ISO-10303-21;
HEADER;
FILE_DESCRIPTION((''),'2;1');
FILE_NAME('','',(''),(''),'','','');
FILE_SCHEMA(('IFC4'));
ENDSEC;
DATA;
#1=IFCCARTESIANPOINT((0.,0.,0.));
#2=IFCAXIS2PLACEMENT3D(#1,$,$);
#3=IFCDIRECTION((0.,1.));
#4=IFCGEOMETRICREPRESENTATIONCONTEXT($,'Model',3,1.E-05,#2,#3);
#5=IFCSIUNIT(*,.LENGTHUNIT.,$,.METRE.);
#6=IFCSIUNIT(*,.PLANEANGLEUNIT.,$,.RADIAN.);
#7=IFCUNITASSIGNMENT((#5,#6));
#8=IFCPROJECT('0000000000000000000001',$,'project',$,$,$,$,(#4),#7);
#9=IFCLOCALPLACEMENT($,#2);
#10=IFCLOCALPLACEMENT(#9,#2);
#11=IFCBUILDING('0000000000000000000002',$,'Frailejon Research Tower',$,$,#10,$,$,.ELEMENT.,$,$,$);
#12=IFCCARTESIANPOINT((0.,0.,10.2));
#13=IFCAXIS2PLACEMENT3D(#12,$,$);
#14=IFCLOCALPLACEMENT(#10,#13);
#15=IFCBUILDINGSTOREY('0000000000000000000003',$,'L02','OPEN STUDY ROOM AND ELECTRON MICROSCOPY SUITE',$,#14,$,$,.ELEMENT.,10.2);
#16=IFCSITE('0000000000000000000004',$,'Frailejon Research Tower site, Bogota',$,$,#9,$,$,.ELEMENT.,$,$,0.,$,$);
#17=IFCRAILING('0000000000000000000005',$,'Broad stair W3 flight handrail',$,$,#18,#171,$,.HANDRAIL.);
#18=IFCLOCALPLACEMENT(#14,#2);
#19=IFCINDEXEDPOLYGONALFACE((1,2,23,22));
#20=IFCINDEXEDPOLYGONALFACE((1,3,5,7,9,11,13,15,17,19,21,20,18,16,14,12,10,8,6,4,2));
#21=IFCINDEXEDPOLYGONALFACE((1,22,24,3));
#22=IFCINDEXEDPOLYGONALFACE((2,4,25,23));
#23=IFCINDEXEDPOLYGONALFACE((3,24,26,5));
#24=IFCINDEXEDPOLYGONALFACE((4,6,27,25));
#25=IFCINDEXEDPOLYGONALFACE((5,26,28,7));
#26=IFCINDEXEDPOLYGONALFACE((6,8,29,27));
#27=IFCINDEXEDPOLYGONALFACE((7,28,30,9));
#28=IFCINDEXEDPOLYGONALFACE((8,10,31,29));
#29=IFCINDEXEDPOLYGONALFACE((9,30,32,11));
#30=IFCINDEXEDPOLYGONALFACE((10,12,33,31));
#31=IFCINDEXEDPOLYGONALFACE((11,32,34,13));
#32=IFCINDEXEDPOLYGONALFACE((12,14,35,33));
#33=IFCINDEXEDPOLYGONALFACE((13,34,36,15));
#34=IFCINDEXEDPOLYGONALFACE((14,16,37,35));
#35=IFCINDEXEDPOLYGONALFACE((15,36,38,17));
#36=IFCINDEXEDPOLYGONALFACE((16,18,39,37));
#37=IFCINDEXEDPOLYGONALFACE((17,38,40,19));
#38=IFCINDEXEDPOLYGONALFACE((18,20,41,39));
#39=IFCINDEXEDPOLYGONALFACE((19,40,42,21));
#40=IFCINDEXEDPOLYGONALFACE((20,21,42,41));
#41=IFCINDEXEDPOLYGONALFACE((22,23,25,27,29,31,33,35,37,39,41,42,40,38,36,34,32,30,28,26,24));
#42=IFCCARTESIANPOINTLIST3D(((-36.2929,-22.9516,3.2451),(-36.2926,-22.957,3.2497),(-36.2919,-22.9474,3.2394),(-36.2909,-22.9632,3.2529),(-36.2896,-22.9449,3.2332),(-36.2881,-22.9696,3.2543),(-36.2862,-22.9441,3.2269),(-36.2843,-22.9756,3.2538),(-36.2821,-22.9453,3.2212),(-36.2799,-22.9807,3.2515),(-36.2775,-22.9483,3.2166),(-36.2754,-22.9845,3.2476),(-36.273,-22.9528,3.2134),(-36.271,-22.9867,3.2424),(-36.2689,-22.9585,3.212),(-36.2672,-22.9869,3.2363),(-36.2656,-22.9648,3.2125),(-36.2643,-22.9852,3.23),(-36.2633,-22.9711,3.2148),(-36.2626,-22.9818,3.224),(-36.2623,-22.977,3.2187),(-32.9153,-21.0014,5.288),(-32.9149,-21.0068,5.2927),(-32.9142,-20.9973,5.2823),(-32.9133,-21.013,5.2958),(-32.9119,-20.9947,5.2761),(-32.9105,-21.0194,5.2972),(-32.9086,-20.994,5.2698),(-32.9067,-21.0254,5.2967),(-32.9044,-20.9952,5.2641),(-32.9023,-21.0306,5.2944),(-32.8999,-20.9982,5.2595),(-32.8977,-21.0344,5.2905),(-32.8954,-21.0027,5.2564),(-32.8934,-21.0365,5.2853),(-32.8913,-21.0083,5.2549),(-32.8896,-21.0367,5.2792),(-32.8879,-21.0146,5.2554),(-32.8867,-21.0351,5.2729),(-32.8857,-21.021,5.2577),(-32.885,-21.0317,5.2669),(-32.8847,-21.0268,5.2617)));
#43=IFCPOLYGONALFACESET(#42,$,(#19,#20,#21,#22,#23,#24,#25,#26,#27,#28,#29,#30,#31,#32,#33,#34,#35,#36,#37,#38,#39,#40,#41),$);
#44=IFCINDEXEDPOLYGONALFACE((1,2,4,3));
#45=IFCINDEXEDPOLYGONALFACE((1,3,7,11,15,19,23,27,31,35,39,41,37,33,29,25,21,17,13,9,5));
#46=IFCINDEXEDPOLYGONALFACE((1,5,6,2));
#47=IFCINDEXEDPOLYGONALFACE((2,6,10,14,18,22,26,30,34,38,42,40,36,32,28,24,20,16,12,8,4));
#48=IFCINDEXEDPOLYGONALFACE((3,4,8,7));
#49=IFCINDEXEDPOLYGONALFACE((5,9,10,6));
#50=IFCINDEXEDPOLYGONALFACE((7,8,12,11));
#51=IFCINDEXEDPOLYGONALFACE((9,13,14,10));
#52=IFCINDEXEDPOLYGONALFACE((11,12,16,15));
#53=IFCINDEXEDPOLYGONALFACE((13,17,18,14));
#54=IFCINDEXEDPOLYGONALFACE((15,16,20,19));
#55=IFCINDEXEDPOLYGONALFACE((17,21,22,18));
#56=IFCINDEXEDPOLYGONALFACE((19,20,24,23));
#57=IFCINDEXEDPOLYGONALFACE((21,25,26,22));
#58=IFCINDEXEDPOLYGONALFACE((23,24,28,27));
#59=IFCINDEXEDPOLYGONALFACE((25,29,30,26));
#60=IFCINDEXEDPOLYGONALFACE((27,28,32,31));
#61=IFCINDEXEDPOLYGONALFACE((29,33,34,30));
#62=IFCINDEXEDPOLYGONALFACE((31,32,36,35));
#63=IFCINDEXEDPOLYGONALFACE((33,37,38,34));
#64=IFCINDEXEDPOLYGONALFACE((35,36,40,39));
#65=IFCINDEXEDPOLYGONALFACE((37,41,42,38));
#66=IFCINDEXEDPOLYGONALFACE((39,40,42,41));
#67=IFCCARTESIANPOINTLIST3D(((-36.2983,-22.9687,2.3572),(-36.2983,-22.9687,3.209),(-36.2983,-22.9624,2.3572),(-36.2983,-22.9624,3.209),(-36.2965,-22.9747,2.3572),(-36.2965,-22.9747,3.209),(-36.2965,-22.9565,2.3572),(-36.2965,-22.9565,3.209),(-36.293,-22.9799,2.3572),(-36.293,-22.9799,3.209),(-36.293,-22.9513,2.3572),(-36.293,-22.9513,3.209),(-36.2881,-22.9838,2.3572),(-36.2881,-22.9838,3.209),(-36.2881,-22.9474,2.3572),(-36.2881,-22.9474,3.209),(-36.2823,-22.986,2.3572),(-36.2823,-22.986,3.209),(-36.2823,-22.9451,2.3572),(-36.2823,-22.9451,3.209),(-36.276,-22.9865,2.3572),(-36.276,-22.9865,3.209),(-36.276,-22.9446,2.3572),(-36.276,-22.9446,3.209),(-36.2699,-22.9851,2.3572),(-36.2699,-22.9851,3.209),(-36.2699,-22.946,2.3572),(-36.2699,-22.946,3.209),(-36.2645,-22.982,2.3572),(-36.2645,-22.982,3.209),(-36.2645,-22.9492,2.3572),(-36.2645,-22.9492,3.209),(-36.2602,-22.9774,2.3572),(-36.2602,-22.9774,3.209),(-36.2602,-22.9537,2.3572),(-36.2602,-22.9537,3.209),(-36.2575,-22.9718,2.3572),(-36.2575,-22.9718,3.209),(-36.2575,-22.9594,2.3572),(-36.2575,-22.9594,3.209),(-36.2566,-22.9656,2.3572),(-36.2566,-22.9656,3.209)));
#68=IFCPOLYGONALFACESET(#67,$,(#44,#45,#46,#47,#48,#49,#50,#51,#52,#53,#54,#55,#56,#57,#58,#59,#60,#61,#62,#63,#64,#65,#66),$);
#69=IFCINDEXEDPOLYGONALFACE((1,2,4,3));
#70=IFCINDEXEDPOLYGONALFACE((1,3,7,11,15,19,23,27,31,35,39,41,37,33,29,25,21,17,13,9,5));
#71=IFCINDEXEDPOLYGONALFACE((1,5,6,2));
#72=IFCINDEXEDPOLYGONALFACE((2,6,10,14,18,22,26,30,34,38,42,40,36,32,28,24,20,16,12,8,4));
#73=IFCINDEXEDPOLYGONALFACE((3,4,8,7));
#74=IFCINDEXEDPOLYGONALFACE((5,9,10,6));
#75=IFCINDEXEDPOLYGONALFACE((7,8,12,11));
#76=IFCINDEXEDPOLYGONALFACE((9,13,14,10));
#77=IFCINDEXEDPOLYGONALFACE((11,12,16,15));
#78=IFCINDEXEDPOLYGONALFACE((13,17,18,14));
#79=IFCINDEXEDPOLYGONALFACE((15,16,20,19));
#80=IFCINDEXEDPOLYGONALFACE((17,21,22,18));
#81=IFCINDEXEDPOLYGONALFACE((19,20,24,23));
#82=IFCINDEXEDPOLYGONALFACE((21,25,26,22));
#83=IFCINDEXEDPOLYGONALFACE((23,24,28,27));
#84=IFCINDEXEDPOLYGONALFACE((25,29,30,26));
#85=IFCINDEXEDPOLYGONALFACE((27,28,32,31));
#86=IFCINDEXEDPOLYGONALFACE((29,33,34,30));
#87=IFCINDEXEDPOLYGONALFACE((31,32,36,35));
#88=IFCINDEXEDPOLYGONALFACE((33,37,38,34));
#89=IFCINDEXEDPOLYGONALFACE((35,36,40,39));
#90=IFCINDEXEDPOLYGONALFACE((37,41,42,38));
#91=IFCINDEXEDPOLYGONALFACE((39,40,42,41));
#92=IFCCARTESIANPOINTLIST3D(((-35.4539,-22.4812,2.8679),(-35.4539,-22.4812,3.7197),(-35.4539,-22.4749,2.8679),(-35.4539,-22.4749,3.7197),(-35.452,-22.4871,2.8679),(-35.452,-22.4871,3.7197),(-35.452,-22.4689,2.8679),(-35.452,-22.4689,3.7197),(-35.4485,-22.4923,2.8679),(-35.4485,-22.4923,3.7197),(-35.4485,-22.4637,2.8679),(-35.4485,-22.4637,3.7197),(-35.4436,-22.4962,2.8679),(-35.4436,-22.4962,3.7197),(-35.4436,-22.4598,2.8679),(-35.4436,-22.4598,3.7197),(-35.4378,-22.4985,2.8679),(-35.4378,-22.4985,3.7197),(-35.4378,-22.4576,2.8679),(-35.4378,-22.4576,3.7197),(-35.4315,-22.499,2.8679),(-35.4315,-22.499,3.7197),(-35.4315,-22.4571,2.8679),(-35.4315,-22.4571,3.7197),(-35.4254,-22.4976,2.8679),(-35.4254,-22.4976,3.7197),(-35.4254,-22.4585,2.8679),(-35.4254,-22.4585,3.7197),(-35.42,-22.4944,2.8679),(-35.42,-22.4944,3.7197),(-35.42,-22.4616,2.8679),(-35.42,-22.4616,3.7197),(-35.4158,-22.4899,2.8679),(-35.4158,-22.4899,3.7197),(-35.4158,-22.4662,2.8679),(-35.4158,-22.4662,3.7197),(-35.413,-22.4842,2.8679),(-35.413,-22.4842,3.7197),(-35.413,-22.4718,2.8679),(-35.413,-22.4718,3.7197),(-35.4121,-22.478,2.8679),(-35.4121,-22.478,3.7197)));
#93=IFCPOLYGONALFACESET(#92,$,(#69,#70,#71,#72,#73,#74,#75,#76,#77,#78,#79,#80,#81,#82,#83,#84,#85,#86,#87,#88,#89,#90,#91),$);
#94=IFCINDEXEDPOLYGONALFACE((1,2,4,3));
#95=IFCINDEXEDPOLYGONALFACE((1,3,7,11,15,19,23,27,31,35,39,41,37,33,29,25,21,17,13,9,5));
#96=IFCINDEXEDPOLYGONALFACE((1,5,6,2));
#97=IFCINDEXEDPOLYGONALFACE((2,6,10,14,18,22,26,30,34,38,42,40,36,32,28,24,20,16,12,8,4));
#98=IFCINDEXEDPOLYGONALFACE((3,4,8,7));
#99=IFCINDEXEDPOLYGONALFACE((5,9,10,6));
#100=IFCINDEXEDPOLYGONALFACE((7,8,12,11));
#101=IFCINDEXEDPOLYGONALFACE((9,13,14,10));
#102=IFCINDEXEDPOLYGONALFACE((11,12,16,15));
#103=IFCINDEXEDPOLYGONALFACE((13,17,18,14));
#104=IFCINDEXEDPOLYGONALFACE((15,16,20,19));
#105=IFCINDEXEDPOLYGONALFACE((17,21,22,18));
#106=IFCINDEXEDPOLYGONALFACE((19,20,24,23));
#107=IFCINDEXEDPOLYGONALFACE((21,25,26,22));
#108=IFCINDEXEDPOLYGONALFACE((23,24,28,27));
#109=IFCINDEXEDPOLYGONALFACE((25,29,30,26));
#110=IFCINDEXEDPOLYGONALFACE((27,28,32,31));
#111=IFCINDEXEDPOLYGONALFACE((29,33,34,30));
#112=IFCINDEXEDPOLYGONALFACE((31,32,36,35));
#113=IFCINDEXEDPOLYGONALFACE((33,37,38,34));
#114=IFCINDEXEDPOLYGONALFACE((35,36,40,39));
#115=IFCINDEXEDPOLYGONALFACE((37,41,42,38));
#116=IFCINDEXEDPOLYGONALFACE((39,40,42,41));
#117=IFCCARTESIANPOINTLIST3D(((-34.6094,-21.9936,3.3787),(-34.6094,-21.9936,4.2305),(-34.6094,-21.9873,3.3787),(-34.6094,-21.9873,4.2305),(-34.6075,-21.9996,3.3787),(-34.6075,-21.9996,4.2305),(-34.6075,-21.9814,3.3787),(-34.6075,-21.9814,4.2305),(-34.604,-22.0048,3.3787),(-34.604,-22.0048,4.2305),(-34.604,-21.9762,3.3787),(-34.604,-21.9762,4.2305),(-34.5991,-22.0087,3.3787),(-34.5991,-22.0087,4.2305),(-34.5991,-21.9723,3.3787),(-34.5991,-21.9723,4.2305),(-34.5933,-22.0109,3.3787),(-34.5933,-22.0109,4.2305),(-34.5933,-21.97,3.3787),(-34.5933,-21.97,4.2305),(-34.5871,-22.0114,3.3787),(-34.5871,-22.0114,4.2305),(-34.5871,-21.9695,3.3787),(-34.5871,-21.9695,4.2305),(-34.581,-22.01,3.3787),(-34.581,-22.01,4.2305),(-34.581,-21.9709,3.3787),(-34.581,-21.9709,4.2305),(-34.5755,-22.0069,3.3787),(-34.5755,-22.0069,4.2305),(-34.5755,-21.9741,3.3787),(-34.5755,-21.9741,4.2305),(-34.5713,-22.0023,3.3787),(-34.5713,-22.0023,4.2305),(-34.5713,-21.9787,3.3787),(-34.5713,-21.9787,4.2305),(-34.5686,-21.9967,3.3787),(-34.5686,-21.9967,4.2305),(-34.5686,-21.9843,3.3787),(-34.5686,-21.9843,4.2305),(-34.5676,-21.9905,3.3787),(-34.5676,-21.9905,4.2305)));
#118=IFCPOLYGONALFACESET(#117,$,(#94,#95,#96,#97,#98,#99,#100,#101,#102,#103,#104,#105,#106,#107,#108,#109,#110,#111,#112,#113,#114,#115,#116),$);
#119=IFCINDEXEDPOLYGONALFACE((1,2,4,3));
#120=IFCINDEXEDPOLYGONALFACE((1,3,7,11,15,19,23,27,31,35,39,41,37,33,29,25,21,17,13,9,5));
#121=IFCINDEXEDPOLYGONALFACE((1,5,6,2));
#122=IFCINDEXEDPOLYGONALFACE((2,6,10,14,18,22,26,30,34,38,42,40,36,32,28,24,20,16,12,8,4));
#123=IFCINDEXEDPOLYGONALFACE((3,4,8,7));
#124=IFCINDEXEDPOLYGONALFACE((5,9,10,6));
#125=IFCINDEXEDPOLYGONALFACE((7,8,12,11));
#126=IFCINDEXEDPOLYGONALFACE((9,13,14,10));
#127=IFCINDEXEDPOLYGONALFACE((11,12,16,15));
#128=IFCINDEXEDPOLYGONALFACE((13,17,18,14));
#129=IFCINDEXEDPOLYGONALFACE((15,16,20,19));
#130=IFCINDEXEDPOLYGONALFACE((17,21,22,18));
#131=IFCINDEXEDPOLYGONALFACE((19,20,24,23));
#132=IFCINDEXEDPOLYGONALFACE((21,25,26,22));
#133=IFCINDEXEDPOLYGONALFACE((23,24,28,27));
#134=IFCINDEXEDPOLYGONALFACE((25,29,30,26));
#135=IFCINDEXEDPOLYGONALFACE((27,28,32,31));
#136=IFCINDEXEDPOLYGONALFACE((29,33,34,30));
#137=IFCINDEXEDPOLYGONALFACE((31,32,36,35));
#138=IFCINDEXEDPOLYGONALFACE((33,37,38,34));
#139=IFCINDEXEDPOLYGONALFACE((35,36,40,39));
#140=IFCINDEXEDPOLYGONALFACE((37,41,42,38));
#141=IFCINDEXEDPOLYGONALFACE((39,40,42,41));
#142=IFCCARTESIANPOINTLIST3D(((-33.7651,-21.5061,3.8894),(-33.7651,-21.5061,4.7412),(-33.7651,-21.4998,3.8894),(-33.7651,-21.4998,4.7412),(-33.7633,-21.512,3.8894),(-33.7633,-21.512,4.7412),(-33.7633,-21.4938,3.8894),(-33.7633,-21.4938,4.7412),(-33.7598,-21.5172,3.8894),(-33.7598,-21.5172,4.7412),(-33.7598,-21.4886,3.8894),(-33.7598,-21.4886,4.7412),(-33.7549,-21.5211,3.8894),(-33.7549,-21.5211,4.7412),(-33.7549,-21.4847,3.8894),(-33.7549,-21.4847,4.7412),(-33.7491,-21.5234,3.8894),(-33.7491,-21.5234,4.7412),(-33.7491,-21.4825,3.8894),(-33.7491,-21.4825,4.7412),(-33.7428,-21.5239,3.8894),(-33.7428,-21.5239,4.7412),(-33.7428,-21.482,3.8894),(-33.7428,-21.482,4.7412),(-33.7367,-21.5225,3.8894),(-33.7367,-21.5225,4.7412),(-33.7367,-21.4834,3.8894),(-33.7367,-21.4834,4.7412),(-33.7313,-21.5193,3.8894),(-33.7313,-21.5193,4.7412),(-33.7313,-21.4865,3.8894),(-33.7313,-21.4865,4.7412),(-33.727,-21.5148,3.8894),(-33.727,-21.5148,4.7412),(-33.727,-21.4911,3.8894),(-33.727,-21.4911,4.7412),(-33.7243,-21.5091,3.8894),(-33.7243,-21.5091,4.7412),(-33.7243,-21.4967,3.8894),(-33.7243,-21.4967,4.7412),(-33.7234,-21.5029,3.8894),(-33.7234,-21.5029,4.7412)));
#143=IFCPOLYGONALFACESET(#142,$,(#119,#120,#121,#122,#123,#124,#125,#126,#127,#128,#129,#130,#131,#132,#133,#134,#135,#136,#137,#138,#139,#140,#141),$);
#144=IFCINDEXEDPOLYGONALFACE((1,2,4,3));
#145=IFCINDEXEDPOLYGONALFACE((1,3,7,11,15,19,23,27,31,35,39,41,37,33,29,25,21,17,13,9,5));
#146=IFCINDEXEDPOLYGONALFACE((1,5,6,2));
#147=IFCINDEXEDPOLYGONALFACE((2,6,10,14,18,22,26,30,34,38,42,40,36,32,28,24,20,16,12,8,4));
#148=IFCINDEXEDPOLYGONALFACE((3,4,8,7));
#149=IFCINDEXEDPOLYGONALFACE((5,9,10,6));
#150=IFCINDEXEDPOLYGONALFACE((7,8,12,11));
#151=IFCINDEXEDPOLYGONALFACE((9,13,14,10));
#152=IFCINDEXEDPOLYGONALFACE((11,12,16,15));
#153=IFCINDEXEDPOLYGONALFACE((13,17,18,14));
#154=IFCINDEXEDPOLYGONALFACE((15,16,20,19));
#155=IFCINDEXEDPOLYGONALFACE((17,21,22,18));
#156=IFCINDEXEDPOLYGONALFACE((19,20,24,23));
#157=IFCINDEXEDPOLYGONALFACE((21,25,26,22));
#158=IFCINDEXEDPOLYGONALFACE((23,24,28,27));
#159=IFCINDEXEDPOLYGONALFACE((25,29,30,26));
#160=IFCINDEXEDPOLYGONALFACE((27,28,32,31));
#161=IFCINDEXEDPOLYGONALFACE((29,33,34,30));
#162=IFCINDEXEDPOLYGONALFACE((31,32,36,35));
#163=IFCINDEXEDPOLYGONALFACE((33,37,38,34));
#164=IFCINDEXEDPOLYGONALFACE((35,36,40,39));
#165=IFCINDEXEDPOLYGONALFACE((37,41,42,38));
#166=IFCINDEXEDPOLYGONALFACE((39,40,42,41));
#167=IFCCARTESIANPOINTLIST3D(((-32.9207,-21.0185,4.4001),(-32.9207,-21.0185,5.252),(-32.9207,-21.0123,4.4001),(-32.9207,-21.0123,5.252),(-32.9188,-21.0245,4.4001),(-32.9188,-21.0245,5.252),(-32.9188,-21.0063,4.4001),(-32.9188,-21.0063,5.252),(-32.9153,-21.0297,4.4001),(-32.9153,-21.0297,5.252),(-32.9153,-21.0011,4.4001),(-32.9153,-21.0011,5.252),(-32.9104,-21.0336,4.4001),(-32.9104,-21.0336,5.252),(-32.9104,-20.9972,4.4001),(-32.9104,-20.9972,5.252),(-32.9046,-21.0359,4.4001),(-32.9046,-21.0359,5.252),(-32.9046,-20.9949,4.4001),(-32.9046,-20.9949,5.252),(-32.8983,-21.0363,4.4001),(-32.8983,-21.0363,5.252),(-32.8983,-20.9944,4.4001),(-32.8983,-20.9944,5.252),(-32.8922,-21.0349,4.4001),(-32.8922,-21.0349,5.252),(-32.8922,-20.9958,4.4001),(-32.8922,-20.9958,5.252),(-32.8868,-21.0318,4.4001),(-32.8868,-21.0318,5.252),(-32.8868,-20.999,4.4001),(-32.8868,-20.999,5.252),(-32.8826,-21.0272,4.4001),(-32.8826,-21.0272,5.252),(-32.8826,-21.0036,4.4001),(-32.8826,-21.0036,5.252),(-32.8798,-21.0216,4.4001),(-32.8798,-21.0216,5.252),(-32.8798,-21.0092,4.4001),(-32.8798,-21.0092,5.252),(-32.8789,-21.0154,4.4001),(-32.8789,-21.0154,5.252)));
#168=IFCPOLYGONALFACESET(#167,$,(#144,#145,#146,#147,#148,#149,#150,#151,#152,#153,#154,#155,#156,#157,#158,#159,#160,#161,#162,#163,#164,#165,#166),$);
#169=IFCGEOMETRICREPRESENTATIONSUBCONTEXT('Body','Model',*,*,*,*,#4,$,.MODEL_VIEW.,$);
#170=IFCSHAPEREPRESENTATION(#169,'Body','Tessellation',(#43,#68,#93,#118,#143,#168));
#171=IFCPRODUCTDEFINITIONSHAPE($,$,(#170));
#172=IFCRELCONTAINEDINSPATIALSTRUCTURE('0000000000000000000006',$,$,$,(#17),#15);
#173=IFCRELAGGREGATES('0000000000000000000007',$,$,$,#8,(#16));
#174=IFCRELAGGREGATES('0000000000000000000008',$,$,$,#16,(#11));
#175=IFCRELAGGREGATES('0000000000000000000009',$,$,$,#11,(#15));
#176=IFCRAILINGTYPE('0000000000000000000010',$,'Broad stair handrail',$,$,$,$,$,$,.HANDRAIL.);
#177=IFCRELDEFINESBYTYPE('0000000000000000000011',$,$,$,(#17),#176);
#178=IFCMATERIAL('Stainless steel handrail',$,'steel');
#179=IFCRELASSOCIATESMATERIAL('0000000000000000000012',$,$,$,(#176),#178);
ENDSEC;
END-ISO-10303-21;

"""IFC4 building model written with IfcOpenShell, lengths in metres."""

from ifc_helpers import new_model, si_unit, direction, frame, origin, origin_2d, place, context, subcontext, project, spatial, circle, extrude, material, type_object, element, save


model = new_model("IFC4")

# Units and contexts
model_context = context("Model", 3, precision=1e-05, world=origin(), true_north=direction((0.0, 1.0)))
body_context = subcontext(model_context, "Body", "Model", "MODEL_VIEW")
ifc_project = project(units=[si_unit("LENGTHUNIT", "METRE"), si_unit("PLANEANGLEUNIT", "RADIAN")], contexts=[model_context])

# Site, building, storey
site_placement = place(None, origin())
site = spatial("IfcSite", under=ifc_project, at=site_placement, Name="Frailejon Research Tower site, Bogota", CompositionType="ELEMENT", RefElevation=0.0)
building_placement = place(site_placement, origin())
building = spatial("IfcBuilding", under=site, at=building_placement, Name="Frailejon Research Tower", CompositionType="ELEMENT")
storey_placement = place(building_placement, frame((0.0, 0.0, 10.2)))
storey = spatial("IfcBuildingStorey", under=building, at=storey_placement, Name="L02", Description="OPEN STUDY ROOM AND ELECTRON MICROSCOPY SUITE", CompositionType="ELEMENT", Elevation=10.2)

# Railing
ifc_material_1 = material(Name="Stainless steel handrail", Category="steel")
railing_type_1 = type_object("IfcRailingType", Name="Broad stair handrail", PredefinedType="HANDRAIL", material=ifc_material_1)
railing_1_placement = place(storey_placement, frame((-36.2776, -22.9656, 2.3572)))
element("IfcRailing", 1, at=railing_1_placement, inside=storey, type_object=railing_type_1, Name="Broad stair W3 flight handrail", PredefinedType="HANDRAIL", context=body_context, shape_type="SweptSolid", body=[
    extrude(circle(Radius=0.0239, at=origin_2d()), frame((0.0, 0.0, 0.876), z_axis=(0.767146, 0.442932, 0.464003), x_axis=(-0.500017, 0.866016, 0.0)), (0.0, 0.0, 1.0), 4.4028),
    extrude(circle(Radius=0.021, at=origin_2d()), origin(), (0.0, 0.0, 1.0), 0.8518),
    extrude(circle(Radius=0.021, at=origin_2d()), frame((0.8445, 0.4875, 0.5107)), (0.0, 0.0, 1.0), 0.8518),
    extrude(circle(Radius=0.021, at=origin_2d()), frame((1.689, 0.9751, 1.0215)), (0.0, 0.0, 1.0), 0.8518),
    extrude(circle(Radius=0.021, at=origin_2d()), frame((2.5332, 1.4626, 1.5322)), (0.0, 0.0, 1.0), 0.8518),
    extrude(circle(Radius=0.021, at=origin_2d()), frame((3.3777, 1.9502, 2.043)), (0.0, 0.0, 1.0), 0.8518),
])

save(model, "model.ifc")
